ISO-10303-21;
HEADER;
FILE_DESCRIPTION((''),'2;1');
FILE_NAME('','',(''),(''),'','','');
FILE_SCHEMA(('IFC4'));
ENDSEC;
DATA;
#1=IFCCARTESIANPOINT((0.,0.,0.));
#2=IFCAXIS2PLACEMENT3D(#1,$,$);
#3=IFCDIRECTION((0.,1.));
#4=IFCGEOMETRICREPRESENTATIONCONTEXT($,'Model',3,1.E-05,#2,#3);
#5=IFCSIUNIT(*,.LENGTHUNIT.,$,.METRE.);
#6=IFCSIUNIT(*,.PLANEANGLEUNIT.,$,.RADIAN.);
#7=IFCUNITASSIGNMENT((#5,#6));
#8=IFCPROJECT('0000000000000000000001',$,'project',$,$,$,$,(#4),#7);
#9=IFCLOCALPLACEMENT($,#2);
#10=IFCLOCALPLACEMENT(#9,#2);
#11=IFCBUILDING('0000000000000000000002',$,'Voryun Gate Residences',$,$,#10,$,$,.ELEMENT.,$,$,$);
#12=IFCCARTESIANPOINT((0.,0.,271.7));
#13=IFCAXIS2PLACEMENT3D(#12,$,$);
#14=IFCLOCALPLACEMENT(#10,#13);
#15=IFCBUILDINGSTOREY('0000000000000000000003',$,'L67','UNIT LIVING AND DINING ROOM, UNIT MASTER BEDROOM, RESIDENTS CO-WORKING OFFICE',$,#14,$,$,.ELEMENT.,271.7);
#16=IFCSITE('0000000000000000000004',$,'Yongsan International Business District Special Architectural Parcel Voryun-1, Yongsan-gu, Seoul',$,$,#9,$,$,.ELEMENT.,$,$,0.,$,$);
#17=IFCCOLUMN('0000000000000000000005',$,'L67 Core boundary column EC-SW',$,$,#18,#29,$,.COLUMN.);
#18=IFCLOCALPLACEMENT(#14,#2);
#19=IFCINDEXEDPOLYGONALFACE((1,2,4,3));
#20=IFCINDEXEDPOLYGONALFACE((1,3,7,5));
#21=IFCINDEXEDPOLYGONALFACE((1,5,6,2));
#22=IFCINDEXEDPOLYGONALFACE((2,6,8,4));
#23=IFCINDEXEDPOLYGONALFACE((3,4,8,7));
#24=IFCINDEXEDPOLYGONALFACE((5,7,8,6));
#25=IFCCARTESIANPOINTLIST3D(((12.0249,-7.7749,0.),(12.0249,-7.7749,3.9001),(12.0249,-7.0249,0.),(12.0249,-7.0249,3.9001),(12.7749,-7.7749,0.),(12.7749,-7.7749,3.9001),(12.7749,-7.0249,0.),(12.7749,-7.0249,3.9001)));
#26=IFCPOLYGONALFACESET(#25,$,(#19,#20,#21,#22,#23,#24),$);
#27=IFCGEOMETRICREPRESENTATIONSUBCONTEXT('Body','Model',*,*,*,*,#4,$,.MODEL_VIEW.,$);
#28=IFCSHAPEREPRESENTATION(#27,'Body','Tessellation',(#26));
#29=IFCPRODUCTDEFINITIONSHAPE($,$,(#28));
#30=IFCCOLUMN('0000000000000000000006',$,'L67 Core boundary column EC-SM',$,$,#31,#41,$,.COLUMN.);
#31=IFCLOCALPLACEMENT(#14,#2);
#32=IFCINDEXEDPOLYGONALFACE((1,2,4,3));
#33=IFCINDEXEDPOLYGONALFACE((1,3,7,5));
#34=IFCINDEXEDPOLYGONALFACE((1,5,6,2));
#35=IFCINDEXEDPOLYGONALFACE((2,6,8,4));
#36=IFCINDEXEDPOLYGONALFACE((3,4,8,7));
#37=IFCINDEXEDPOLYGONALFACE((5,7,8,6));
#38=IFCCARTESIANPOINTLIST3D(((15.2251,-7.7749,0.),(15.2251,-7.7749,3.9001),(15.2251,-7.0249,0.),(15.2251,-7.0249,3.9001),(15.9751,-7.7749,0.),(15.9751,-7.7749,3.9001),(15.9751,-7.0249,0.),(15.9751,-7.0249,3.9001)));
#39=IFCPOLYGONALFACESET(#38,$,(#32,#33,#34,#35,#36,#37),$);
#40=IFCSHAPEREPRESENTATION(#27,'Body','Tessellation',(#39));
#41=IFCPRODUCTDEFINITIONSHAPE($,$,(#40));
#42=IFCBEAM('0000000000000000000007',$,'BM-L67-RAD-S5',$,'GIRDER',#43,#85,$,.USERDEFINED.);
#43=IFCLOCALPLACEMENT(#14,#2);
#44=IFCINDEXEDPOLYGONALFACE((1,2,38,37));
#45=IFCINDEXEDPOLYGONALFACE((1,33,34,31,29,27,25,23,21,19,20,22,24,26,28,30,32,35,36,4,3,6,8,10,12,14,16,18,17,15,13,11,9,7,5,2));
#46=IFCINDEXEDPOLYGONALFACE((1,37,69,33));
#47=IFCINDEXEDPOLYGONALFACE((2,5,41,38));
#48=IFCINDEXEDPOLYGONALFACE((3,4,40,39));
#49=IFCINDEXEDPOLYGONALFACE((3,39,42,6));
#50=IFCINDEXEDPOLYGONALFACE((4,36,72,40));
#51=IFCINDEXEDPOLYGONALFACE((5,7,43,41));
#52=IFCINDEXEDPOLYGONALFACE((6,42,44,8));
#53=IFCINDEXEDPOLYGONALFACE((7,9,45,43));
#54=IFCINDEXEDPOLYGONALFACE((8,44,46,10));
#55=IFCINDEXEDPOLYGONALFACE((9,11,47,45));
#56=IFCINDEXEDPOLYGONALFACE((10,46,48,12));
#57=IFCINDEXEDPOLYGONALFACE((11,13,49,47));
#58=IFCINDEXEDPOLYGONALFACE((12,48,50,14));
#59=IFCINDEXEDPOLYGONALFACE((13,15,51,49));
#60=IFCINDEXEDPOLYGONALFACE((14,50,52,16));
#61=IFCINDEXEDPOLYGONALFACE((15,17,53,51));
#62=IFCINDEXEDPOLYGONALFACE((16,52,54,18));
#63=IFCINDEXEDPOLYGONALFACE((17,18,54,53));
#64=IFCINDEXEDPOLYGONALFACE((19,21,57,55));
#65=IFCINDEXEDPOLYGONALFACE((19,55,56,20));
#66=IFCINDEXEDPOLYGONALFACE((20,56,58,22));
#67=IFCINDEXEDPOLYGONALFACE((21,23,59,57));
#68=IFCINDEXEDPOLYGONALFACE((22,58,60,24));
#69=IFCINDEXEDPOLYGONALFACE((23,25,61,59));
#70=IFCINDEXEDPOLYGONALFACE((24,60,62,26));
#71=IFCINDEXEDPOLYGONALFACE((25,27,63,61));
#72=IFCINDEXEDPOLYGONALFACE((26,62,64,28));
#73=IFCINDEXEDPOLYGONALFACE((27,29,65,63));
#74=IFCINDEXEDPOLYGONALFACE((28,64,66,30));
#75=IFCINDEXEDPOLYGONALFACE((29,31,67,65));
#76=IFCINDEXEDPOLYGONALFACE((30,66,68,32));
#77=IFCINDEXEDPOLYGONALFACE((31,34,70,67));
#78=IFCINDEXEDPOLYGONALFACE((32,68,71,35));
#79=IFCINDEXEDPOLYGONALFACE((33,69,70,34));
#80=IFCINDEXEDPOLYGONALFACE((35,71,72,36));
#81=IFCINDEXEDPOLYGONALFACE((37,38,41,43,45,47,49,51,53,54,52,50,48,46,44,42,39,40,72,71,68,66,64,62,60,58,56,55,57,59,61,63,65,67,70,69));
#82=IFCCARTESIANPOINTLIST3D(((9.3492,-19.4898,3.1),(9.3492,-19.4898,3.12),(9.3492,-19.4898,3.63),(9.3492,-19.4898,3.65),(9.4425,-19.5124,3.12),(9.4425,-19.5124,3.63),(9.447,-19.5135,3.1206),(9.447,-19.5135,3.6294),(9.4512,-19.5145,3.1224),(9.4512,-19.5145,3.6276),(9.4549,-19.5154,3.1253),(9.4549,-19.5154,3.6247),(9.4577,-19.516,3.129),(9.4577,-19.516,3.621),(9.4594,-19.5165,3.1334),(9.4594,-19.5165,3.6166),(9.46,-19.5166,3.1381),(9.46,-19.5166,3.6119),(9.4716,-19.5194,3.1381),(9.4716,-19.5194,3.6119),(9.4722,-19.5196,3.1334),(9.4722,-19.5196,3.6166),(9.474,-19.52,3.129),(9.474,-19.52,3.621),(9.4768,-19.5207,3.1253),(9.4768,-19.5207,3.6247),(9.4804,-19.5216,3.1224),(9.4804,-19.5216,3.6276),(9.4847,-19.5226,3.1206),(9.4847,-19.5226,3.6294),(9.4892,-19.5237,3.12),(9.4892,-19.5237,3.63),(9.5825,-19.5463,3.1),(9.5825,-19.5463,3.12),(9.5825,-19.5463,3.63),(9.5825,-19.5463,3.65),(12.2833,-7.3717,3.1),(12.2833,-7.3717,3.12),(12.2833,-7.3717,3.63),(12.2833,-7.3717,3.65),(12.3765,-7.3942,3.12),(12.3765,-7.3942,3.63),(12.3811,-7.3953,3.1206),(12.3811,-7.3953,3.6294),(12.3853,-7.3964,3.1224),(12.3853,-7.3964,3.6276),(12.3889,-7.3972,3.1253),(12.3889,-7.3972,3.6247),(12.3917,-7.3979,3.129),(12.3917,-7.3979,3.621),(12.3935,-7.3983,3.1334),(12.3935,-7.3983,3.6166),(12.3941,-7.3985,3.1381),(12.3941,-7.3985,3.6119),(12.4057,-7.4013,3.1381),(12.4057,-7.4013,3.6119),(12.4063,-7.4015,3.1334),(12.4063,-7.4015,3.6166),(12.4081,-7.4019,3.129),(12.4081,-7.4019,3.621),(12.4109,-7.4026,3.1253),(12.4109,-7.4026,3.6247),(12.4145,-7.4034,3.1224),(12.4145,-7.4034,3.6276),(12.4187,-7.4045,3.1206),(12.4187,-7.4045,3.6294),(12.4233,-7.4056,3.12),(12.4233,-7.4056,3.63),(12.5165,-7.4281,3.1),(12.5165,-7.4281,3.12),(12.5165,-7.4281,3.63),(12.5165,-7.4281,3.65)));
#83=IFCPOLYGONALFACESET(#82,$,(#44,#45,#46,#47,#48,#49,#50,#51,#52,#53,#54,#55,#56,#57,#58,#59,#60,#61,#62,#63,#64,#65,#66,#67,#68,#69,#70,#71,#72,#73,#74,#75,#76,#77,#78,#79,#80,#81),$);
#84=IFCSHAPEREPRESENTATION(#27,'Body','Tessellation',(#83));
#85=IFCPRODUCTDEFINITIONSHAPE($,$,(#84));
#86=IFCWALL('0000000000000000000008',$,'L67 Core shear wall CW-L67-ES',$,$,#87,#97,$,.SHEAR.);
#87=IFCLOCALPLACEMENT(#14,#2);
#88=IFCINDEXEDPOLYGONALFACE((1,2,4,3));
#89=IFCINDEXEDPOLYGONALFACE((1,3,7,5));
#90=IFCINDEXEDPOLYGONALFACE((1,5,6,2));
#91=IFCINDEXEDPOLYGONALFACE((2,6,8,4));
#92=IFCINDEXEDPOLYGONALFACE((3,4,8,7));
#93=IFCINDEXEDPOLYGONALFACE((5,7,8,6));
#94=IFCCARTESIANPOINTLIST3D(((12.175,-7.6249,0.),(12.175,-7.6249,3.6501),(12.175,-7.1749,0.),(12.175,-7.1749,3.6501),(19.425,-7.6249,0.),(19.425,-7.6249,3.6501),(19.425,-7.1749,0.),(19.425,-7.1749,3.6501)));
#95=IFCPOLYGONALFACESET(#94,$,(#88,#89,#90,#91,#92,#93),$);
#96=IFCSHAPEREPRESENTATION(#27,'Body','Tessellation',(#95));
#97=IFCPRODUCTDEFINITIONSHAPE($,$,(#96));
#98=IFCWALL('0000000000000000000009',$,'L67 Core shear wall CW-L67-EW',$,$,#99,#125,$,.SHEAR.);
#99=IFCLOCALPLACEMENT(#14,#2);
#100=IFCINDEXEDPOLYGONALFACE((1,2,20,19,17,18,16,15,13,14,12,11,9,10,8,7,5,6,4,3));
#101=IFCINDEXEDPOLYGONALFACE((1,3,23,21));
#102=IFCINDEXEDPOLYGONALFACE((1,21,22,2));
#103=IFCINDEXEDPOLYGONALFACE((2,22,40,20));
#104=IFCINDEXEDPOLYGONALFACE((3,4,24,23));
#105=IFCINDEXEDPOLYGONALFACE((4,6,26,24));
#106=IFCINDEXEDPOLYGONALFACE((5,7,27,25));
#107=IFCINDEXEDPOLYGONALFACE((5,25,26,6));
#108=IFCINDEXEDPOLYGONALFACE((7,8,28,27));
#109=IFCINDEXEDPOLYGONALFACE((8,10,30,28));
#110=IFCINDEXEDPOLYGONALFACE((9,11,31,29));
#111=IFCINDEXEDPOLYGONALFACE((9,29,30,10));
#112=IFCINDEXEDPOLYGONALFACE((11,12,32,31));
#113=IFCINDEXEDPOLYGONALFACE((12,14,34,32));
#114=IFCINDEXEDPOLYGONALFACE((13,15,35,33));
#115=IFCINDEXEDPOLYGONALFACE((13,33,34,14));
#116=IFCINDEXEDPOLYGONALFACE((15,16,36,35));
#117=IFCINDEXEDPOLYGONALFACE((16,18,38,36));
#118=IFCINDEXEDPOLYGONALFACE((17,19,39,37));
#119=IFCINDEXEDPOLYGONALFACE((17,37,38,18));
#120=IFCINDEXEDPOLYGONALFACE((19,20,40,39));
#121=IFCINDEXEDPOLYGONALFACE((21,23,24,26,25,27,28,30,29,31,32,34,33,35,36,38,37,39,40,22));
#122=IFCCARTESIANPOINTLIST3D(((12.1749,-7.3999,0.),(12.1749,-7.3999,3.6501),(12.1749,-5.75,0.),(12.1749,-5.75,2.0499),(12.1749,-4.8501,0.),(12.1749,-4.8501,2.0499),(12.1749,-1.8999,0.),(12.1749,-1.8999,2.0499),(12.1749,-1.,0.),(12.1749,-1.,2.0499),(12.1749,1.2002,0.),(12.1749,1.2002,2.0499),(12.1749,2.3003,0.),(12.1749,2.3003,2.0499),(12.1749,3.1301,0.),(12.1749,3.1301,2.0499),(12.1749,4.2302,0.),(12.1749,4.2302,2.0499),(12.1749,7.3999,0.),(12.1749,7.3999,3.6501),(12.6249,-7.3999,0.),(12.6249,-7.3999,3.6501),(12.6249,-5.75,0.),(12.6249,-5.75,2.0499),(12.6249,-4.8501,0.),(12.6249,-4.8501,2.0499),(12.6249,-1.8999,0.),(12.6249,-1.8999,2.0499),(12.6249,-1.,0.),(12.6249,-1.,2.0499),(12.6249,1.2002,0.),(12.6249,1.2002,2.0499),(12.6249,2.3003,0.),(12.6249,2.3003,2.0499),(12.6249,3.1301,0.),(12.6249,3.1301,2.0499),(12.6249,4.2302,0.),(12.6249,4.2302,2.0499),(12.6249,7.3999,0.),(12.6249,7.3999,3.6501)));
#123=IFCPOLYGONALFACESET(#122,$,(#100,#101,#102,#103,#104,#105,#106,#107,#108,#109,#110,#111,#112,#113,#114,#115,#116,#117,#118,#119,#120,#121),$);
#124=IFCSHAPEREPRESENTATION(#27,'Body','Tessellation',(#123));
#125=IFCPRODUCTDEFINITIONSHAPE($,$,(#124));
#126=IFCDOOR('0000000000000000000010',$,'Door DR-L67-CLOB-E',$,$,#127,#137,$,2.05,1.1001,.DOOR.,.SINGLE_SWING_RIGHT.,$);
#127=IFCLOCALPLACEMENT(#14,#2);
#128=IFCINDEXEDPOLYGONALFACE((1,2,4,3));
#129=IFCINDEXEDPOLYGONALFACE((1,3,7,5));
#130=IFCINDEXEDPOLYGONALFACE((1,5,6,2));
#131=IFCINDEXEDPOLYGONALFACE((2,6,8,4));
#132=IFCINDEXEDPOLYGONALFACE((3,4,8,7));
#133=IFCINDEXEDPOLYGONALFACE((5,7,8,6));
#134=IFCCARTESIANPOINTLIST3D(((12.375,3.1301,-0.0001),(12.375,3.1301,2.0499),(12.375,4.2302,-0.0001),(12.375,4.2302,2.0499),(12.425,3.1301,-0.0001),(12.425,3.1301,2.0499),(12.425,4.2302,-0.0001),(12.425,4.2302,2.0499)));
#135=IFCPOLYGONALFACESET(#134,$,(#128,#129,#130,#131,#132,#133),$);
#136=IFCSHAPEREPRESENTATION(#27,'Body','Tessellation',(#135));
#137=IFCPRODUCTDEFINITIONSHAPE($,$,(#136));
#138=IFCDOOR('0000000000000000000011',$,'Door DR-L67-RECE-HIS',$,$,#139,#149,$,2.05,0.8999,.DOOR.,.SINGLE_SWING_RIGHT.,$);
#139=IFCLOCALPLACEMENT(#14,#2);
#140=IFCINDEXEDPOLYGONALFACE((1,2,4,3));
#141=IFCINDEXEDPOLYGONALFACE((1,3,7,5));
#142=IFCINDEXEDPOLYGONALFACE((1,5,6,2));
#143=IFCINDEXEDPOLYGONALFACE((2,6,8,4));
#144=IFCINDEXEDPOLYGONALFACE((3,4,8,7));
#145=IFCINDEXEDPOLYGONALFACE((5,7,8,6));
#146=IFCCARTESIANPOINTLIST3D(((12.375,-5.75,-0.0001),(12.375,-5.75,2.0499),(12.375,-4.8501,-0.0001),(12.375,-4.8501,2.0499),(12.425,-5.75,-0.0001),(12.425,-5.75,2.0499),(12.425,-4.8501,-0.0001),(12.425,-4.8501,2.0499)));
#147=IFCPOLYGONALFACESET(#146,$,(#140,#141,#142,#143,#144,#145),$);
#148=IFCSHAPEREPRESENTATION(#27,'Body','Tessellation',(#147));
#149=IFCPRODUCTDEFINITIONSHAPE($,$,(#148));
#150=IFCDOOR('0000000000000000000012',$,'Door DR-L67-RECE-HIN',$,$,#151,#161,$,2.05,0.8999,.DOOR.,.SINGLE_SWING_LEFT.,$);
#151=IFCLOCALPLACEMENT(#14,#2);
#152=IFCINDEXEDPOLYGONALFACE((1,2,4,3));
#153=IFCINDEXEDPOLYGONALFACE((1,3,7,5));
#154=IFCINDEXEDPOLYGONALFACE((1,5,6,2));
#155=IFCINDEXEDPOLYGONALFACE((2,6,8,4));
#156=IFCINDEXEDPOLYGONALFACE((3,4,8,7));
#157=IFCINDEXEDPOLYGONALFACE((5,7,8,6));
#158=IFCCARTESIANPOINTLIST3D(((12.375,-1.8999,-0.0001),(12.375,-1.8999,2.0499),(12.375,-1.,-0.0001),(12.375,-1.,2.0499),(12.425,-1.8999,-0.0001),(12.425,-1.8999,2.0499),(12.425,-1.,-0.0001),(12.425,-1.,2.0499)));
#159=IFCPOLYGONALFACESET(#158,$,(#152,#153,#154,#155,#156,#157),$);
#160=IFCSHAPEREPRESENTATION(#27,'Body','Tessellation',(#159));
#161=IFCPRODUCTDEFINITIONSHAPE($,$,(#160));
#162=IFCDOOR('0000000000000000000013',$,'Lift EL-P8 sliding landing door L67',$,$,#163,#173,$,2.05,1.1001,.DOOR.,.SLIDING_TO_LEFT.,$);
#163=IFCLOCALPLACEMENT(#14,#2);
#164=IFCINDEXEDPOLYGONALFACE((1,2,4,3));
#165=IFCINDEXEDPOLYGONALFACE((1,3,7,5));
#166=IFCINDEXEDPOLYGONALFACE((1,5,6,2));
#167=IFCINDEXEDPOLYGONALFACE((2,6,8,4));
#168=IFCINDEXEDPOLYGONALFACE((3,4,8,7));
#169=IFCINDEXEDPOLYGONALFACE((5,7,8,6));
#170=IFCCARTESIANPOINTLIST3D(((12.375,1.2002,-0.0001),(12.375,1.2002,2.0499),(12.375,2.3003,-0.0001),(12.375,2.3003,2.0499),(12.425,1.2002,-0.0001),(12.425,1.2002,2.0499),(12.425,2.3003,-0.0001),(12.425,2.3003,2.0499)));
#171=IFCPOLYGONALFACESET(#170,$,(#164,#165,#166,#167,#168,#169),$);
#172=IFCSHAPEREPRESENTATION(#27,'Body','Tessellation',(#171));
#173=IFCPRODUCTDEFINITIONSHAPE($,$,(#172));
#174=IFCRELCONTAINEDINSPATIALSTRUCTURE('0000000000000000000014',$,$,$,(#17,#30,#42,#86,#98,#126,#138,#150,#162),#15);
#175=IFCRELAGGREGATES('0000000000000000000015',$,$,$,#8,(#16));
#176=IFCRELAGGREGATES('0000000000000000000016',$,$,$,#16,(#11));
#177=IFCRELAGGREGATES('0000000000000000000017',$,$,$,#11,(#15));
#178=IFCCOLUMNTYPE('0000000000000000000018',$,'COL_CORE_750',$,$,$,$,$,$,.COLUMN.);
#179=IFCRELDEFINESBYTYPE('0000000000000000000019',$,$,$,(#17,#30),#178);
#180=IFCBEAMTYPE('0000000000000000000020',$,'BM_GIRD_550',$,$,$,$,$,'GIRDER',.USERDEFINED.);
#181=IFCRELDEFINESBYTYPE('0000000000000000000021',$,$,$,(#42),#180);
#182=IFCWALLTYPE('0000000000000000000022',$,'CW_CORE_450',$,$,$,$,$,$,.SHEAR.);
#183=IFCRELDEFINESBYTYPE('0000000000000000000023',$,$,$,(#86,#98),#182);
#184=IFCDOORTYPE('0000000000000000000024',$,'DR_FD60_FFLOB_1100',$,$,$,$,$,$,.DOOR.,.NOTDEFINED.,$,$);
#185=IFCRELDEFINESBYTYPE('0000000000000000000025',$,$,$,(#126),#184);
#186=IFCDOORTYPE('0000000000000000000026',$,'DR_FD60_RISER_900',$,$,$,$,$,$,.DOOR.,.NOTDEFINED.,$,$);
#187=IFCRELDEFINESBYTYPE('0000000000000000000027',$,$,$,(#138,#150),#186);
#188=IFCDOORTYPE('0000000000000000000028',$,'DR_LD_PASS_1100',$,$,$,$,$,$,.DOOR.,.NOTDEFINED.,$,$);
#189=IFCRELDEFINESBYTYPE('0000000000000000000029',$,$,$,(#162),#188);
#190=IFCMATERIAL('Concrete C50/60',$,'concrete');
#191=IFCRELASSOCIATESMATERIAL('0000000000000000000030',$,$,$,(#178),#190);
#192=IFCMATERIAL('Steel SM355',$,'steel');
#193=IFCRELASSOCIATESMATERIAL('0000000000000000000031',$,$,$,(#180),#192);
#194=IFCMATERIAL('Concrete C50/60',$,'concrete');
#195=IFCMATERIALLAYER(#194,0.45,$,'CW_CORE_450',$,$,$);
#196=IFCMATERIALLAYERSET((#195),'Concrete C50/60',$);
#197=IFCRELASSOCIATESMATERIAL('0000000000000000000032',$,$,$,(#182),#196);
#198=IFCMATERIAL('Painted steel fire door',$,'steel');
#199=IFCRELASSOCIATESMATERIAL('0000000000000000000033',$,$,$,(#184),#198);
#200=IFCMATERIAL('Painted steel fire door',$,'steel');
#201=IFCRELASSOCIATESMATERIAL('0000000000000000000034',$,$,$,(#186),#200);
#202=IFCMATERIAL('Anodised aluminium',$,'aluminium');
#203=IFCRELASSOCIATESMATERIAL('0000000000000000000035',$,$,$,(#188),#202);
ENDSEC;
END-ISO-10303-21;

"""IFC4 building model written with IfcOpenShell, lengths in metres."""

from ifc_helpers import new_model, si_unit, direction, frame, frame_2d, origin, origin_2d, place, context, subcontext, project, spatial, rectangle, i_section, extrude, material, layer, layer_set, material_profile, profile_set, type_object, element, fill, save


model = new_model("IFC4")

# Units and contexts
model_context = context("Model", 3, precision=1e-05, world=origin(), true_north=direction((0.0, 1.0)))
body_context = subcontext(model_context, "Body", "Model", "MODEL_VIEW")
ifc_project = project(units=[si_unit("LENGTHUNIT", "METRE"), si_unit("PLANEANGLEUNIT", "RADIAN")], contexts=[model_context])

# Site, building, storey
site_placement = place(None, origin())
site = spatial("IfcSite", under=ifc_project, at=site_placement, Name="Yongsan International Business District Special Architectural Parcel Voryun-1, Yongsan-gu, Seoul", CompositionType="ELEMENT", RefElevation=0.0)
building_placement = place(site_placement, origin())
building = spatial("IfcBuilding", under=site, at=building_placement, Name="Voryun Gate Residences", CompositionType="ELEMENT")
storey_placement = place(building_placement, frame((0.0, 0.0, 271.7)))
storey = spatial("IfcBuildingStorey", under=building, at=storey_placement, Name="L67", Description="UNIT LIVING AND DINING ROOM, UNIT MASTER BEDROOM, RESIDENTS CO-WORKING OFFICE", CompositionType="ELEMENT", Elevation=271.7)

# Columns
ifc_material_1 = material(Name="Concrete C50/60", Category="concrete")
ifc_material_profile_1 = material_profile(ifc_material_1, rectangle(XDim=0.75, YDim=0.75, at=origin_2d()), Name="RC-750x750")
ifc_profile_set_1 = profile_set([ifc_material_profile_1], Name="Concrete C50/60")
column_type = type_object("IfcColumnType", Name="COL_CORE_750", PredefinedType="COLUMN", material=ifc_profile_set_1)
for number, where, z_axis, x_axis, name in (
    (1, (12.3999, -7.3999, 0.0), (0.0, 0.0, 1.0), (1.0, 0.0, 0.0), "L67 Core boundary column EC-SW"),
    (2, (15.6001, -7.3999, 0.0), (0.0, 0.0, 1.0), (1.0, 0.0, 0.0), "L67 Core boundary column EC-SM"),
):
    element("IfcColumn", number, at=place(storey_placement, frame(where, z_axis=z_axis, x_axis=x_axis)), inside=storey, type_object=column_type, Name=name, PredefinedType="COLUMN", context=body_context, shape_type="SweptSolid", body=[
        extrude(rectangle(XDim=0.75, YDim=0.75, at=origin_2d()), origin(), (0.0, 0.0, 1.0), 3.9001),
    ])

# Beam
ifc_material_2 = material(Name="Steel SM355", Category="steel")
ifc_material_profile_2 = material_profile(ifc_material_2, i_section(OverallWidth=0.24, OverallDepth=0.55, WebThickness=0.012, FlangeThickness=0.02, FilletRadius=0.0181, at=origin_2d()), Name="H-550x240x12x20")
ifc_profile_set_2 = profile_set([ifc_material_profile_2], Name="Steel SM355")
beam_type = type_object("IfcBeamType", Name="BM_GIRD_550", ElementType="GIRDER", PredefinedType="USERDEFINED", material=ifc_profile_set_2)
beam_placement = place(storey_placement, frame((12.3999, -7.3999, 3.375), z_axis=(-0.235323, -0.971917, 0.0), x_axis=(0.971917, -0.235323, 0.0)))
element("IfcBeam", 3, at=beam_placement, inside=storey, type_object=beam_type, Name="BM-L67-RAD-S5", ObjectType="GIRDER", PredefinedType="USERDEFINED", context=body_context, shape_type="SweptSolid", body=[
    extrude(i_section(OverallWidth=0.24, OverallDepth=0.55, WebThickness=0.012, FlangeThickness=0.02, FilletRadius=0.0181, at=origin_2d()), origin(), (0.0, 0.0, 1.0), 12.4683),
])

# Wall
ifc_material_3 = material(Name="Concrete C50/60", Category="concrete")
ifc_layer_1 = layer(ifc_material_3, 0.45, Name="CW_CORE_450")
ifc_layer_set_1 = layer_set([ifc_layer_1], Name="Concrete C50/60")
wall_type_1 = type_object("IfcWallType", Name="CW_CORE_450", PredefinedType="SHEAR", material=ifc_layer_set_1)
wall_1_placement = place(storey_placement, frame((12.175, -7.3999, 0.0), z_axis=(0.0, 0.0, 1.0), x_axis=(1.0, 0.0, 0.0)))
element("IfcWall", 4, at=wall_1_placement, inside=storey, type_object=wall_type_1, Name="L67 Core shear wall CW-L67-ES", PredefinedType="SHEAR", context=body_context, shape_type="SweptSolid", body=[
    extrude(rectangle(XDim=7.25, YDim=0.45, at=frame_2d((3.625, 0.0))), origin(), (0.0, 0.0, 1.0), 3.6501),
])

# Wall, openings, doors
wall_2_placement = place(storey_placement, frame((12.3999, -7.3999, 0.0), z_axis=(0.0, 0.0, 1.0), x_axis=(0.0, 1.0, 0.0)))
wall_2 = element("IfcWall", 5, at=wall_2_placement, inside=storey, type_object=wall_type_1, Name="L67 Core shear wall CW-L67-EW", PredefinedType="SHEAR", context=body_context, shape_type="SweptSolid", body=[
    extrude(rectangle(XDim=14.7998, YDim=0.45, at=frame_2d((7.3999, 0.0))), origin(), (0.0, 0.0, 1.0), 3.6501),
])
opening_1_placement = place(wall_2_placement, frame((8.6001, 0.0, 0.0)))
opening_1 = element("IfcOpeningElement", 6, at=opening_1_placement, cuts=wall_2, PredefinedType="OPENING", context=body_context, shape_type="SweptSolid", body=[
    extrude(rectangle(XDim=1.1001, YDim=2.05, at=frame_2d((0.55, 1.0249))), frame((0.0, 0.2351, 0.0), z_axis=(0.0, -1.0, 0.0), x_axis=(1.0, 0.0, 0.0)), (0.0, 0.0, 1.0), 0.47),
])
opening_2_placement = place(wall_2_placement, frame((10.53, 0.0, 0.0)))
opening_2 = element("IfcOpeningElement", 7, at=opening_2_placement, cuts=wall_2, PredefinedType="OPENING", context=body_context, shape_type="SweptSolid", body=[
    extrude(rectangle(XDim=1.1001, YDim=2.05, at=frame_2d((0.55, 1.0249))), frame((0.0, 0.2351, 0.0), z_axis=(0.0, -1.0, 0.0), x_axis=(1.0, 0.0, 0.0)), (0.0, 0.0, 1.0), 0.47),
])
opening_3_placement = place(wall_2_placement, frame((1.6499, 0.0, 0.0)))
opening_3 = element("IfcOpeningElement", 8, at=opening_3_placement, cuts=wall_2, PredefinedType="OPENING", context=body_context, shape_type="SweptSolid", body=[
    extrude(rectangle(XDim=0.8999, YDim=2.05, at=frame_2d((0.45, 1.0249))), frame((0.0, 0.2351, 0.0), z_axis=(0.0, -1.0, 0.0), x_axis=(1.0, 0.0, 0.0)), (0.0, 0.0, 1.0), 0.47),
])
opening_4_placement = place(wall_2_placement, frame((5.5, 0.0, 0.0)))
opening_4 = element("IfcOpeningElement", 9, at=opening_4_placement, cuts=wall_2, PredefinedType="OPENING", context=body_context, shape_type="SweptSolid", body=[
    extrude(rectangle(XDim=0.8999, YDim=2.05, at=frame_2d((0.45, 1.0249))), frame((0.0, 0.2351, 0.0), z_axis=(0.0, -1.0, 0.0), x_axis=(1.0, 0.0, 0.0)), (0.0, 0.0, 1.0), 0.47),
])
ifc_material_4 = material(Name="Painted steel fire door", Category="steel")
door_type_1 = type_object("IfcDoorType", Name="DR_FD60_FFLOB_1100", OperationType="NOTDEFINED", PredefinedType="DOOR", material=ifc_material_4)
door_1_placement = place(opening_2_placement, origin())
door_1 = element("IfcDoor", 10, at=door_1_placement, inside=storey, type_object=door_type_1, Name="Door DR-L67-CLOB-E", OperationType="SINGLE_SWING_RIGHT", OverallHeight=2.05, OverallWidth=1.1001, PredefinedType="DOOR", context=body_context, shape_type="SweptSolid", body=[
    extrude(rectangle(XDim=1.1001, YDim=2.05, at=frame_2d((0.55, 1.0249))), frame((0.0, 0.0249, 0.0), z_axis=(0.0, -1.0, 0.0), x_axis=(1.0, 0.0, 0.0)), (0.0, 0.0, 1.0), 0.05),
])
fill(opening_2, door_1)
ifc_material_5 = material(Name="Painted steel fire door", Category="steel")
door_type_2 = type_object("IfcDoorType", Name="DR_FD60_RISER_900", OperationType="NOTDEFINED", PredefinedType="DOOR", material=ifc_material_5)
door_2_placement = place(opening_3_placement, origin())
door_2 = element("IfcDoor", 11, at=door_2_placement, inside=storey, type_object=door_type_2, Name="Door DR-L67-RECE-HIS", OperationType="SINGLE_SWING_RIGHT", OverallHeight=2.05, OverallWidth=0.8999, PredefinedType="DOOR", context=body_context, shape_type="SweptSolid", body=[
    extrude(rectangle(XDim=0.8999, YDim=2.05, at=frame_2d((0.45, 1.0249))), frame((0.0, 0.0249, 0.0), z_axis=(0.0, -1.0, 0.0), x_axis=(1.0, 0.0, 0.0)), (0.0, 0.0, 1.0), 0.05),
])
fill(opening_3, door_2)
door_3_placement = place(opening_4_placement, origin())
door_3 = element("IfcDoor", 12, at=door_3_placement, inside=storey, type_object=door_type_2, Name="Door DR-L67-RECE-HIN", OperationType="SINGLE_SWING_LEFT", OverallHeight=2.05, OverallWidth=0.8999, PredefinedType="DOOR", context=body_context, shape_type="SweptSolid", body=[
    extrude(rectangle(XDim=0.8999, YDim=2.05, at=frame_2d((0.45, 1.0249))), frame((0.0, 0.0249, 0.0), z_axis=(0.0, -1.0, 0.0), x_axis=(1.0, 0.0, 0.0)), (0.0, 0.0, 1.0), 0.05),
])
fill(opening_4, door_3)
ifc_material_6 = material(Name="Anodised aluminium", Category="aluminium")
door_type_3 = type_object("IfcDoorType", Name="DR_LD_PASS_1100", OperationType="NOTDEFINED", PredefinedType="DOOR", material=ifc_material_6)
door_4_placement = place(opening_1_placement, origin())
door_4 = element("IfcDoor", 13, at=door_4_placement, inside=storey, type_object=door_type_3, Name="Lift EL-P8 sliding landing door L67", OperationType="SLIDING_TO_LEFT", OverallHeight=2.05, OverallWidth=1.1001, PredefinedType="DOOR", context=body_context, shape_type="SweptSolid", body=[
    extrude(rectangle(XDim=1.1001, YDim=2.05, at=frame_2d((0.55, 1.0249))), frame((0.0, 0.0249, 0.0), z_axis=(0.0, -1.0, 0.0), x_axis=(1.0, 0.0, 0.0)), (0.0, 0.0, 1.0), 0.05),
])
fill(opening_1, door_4)

save(model, "model.ifc")
